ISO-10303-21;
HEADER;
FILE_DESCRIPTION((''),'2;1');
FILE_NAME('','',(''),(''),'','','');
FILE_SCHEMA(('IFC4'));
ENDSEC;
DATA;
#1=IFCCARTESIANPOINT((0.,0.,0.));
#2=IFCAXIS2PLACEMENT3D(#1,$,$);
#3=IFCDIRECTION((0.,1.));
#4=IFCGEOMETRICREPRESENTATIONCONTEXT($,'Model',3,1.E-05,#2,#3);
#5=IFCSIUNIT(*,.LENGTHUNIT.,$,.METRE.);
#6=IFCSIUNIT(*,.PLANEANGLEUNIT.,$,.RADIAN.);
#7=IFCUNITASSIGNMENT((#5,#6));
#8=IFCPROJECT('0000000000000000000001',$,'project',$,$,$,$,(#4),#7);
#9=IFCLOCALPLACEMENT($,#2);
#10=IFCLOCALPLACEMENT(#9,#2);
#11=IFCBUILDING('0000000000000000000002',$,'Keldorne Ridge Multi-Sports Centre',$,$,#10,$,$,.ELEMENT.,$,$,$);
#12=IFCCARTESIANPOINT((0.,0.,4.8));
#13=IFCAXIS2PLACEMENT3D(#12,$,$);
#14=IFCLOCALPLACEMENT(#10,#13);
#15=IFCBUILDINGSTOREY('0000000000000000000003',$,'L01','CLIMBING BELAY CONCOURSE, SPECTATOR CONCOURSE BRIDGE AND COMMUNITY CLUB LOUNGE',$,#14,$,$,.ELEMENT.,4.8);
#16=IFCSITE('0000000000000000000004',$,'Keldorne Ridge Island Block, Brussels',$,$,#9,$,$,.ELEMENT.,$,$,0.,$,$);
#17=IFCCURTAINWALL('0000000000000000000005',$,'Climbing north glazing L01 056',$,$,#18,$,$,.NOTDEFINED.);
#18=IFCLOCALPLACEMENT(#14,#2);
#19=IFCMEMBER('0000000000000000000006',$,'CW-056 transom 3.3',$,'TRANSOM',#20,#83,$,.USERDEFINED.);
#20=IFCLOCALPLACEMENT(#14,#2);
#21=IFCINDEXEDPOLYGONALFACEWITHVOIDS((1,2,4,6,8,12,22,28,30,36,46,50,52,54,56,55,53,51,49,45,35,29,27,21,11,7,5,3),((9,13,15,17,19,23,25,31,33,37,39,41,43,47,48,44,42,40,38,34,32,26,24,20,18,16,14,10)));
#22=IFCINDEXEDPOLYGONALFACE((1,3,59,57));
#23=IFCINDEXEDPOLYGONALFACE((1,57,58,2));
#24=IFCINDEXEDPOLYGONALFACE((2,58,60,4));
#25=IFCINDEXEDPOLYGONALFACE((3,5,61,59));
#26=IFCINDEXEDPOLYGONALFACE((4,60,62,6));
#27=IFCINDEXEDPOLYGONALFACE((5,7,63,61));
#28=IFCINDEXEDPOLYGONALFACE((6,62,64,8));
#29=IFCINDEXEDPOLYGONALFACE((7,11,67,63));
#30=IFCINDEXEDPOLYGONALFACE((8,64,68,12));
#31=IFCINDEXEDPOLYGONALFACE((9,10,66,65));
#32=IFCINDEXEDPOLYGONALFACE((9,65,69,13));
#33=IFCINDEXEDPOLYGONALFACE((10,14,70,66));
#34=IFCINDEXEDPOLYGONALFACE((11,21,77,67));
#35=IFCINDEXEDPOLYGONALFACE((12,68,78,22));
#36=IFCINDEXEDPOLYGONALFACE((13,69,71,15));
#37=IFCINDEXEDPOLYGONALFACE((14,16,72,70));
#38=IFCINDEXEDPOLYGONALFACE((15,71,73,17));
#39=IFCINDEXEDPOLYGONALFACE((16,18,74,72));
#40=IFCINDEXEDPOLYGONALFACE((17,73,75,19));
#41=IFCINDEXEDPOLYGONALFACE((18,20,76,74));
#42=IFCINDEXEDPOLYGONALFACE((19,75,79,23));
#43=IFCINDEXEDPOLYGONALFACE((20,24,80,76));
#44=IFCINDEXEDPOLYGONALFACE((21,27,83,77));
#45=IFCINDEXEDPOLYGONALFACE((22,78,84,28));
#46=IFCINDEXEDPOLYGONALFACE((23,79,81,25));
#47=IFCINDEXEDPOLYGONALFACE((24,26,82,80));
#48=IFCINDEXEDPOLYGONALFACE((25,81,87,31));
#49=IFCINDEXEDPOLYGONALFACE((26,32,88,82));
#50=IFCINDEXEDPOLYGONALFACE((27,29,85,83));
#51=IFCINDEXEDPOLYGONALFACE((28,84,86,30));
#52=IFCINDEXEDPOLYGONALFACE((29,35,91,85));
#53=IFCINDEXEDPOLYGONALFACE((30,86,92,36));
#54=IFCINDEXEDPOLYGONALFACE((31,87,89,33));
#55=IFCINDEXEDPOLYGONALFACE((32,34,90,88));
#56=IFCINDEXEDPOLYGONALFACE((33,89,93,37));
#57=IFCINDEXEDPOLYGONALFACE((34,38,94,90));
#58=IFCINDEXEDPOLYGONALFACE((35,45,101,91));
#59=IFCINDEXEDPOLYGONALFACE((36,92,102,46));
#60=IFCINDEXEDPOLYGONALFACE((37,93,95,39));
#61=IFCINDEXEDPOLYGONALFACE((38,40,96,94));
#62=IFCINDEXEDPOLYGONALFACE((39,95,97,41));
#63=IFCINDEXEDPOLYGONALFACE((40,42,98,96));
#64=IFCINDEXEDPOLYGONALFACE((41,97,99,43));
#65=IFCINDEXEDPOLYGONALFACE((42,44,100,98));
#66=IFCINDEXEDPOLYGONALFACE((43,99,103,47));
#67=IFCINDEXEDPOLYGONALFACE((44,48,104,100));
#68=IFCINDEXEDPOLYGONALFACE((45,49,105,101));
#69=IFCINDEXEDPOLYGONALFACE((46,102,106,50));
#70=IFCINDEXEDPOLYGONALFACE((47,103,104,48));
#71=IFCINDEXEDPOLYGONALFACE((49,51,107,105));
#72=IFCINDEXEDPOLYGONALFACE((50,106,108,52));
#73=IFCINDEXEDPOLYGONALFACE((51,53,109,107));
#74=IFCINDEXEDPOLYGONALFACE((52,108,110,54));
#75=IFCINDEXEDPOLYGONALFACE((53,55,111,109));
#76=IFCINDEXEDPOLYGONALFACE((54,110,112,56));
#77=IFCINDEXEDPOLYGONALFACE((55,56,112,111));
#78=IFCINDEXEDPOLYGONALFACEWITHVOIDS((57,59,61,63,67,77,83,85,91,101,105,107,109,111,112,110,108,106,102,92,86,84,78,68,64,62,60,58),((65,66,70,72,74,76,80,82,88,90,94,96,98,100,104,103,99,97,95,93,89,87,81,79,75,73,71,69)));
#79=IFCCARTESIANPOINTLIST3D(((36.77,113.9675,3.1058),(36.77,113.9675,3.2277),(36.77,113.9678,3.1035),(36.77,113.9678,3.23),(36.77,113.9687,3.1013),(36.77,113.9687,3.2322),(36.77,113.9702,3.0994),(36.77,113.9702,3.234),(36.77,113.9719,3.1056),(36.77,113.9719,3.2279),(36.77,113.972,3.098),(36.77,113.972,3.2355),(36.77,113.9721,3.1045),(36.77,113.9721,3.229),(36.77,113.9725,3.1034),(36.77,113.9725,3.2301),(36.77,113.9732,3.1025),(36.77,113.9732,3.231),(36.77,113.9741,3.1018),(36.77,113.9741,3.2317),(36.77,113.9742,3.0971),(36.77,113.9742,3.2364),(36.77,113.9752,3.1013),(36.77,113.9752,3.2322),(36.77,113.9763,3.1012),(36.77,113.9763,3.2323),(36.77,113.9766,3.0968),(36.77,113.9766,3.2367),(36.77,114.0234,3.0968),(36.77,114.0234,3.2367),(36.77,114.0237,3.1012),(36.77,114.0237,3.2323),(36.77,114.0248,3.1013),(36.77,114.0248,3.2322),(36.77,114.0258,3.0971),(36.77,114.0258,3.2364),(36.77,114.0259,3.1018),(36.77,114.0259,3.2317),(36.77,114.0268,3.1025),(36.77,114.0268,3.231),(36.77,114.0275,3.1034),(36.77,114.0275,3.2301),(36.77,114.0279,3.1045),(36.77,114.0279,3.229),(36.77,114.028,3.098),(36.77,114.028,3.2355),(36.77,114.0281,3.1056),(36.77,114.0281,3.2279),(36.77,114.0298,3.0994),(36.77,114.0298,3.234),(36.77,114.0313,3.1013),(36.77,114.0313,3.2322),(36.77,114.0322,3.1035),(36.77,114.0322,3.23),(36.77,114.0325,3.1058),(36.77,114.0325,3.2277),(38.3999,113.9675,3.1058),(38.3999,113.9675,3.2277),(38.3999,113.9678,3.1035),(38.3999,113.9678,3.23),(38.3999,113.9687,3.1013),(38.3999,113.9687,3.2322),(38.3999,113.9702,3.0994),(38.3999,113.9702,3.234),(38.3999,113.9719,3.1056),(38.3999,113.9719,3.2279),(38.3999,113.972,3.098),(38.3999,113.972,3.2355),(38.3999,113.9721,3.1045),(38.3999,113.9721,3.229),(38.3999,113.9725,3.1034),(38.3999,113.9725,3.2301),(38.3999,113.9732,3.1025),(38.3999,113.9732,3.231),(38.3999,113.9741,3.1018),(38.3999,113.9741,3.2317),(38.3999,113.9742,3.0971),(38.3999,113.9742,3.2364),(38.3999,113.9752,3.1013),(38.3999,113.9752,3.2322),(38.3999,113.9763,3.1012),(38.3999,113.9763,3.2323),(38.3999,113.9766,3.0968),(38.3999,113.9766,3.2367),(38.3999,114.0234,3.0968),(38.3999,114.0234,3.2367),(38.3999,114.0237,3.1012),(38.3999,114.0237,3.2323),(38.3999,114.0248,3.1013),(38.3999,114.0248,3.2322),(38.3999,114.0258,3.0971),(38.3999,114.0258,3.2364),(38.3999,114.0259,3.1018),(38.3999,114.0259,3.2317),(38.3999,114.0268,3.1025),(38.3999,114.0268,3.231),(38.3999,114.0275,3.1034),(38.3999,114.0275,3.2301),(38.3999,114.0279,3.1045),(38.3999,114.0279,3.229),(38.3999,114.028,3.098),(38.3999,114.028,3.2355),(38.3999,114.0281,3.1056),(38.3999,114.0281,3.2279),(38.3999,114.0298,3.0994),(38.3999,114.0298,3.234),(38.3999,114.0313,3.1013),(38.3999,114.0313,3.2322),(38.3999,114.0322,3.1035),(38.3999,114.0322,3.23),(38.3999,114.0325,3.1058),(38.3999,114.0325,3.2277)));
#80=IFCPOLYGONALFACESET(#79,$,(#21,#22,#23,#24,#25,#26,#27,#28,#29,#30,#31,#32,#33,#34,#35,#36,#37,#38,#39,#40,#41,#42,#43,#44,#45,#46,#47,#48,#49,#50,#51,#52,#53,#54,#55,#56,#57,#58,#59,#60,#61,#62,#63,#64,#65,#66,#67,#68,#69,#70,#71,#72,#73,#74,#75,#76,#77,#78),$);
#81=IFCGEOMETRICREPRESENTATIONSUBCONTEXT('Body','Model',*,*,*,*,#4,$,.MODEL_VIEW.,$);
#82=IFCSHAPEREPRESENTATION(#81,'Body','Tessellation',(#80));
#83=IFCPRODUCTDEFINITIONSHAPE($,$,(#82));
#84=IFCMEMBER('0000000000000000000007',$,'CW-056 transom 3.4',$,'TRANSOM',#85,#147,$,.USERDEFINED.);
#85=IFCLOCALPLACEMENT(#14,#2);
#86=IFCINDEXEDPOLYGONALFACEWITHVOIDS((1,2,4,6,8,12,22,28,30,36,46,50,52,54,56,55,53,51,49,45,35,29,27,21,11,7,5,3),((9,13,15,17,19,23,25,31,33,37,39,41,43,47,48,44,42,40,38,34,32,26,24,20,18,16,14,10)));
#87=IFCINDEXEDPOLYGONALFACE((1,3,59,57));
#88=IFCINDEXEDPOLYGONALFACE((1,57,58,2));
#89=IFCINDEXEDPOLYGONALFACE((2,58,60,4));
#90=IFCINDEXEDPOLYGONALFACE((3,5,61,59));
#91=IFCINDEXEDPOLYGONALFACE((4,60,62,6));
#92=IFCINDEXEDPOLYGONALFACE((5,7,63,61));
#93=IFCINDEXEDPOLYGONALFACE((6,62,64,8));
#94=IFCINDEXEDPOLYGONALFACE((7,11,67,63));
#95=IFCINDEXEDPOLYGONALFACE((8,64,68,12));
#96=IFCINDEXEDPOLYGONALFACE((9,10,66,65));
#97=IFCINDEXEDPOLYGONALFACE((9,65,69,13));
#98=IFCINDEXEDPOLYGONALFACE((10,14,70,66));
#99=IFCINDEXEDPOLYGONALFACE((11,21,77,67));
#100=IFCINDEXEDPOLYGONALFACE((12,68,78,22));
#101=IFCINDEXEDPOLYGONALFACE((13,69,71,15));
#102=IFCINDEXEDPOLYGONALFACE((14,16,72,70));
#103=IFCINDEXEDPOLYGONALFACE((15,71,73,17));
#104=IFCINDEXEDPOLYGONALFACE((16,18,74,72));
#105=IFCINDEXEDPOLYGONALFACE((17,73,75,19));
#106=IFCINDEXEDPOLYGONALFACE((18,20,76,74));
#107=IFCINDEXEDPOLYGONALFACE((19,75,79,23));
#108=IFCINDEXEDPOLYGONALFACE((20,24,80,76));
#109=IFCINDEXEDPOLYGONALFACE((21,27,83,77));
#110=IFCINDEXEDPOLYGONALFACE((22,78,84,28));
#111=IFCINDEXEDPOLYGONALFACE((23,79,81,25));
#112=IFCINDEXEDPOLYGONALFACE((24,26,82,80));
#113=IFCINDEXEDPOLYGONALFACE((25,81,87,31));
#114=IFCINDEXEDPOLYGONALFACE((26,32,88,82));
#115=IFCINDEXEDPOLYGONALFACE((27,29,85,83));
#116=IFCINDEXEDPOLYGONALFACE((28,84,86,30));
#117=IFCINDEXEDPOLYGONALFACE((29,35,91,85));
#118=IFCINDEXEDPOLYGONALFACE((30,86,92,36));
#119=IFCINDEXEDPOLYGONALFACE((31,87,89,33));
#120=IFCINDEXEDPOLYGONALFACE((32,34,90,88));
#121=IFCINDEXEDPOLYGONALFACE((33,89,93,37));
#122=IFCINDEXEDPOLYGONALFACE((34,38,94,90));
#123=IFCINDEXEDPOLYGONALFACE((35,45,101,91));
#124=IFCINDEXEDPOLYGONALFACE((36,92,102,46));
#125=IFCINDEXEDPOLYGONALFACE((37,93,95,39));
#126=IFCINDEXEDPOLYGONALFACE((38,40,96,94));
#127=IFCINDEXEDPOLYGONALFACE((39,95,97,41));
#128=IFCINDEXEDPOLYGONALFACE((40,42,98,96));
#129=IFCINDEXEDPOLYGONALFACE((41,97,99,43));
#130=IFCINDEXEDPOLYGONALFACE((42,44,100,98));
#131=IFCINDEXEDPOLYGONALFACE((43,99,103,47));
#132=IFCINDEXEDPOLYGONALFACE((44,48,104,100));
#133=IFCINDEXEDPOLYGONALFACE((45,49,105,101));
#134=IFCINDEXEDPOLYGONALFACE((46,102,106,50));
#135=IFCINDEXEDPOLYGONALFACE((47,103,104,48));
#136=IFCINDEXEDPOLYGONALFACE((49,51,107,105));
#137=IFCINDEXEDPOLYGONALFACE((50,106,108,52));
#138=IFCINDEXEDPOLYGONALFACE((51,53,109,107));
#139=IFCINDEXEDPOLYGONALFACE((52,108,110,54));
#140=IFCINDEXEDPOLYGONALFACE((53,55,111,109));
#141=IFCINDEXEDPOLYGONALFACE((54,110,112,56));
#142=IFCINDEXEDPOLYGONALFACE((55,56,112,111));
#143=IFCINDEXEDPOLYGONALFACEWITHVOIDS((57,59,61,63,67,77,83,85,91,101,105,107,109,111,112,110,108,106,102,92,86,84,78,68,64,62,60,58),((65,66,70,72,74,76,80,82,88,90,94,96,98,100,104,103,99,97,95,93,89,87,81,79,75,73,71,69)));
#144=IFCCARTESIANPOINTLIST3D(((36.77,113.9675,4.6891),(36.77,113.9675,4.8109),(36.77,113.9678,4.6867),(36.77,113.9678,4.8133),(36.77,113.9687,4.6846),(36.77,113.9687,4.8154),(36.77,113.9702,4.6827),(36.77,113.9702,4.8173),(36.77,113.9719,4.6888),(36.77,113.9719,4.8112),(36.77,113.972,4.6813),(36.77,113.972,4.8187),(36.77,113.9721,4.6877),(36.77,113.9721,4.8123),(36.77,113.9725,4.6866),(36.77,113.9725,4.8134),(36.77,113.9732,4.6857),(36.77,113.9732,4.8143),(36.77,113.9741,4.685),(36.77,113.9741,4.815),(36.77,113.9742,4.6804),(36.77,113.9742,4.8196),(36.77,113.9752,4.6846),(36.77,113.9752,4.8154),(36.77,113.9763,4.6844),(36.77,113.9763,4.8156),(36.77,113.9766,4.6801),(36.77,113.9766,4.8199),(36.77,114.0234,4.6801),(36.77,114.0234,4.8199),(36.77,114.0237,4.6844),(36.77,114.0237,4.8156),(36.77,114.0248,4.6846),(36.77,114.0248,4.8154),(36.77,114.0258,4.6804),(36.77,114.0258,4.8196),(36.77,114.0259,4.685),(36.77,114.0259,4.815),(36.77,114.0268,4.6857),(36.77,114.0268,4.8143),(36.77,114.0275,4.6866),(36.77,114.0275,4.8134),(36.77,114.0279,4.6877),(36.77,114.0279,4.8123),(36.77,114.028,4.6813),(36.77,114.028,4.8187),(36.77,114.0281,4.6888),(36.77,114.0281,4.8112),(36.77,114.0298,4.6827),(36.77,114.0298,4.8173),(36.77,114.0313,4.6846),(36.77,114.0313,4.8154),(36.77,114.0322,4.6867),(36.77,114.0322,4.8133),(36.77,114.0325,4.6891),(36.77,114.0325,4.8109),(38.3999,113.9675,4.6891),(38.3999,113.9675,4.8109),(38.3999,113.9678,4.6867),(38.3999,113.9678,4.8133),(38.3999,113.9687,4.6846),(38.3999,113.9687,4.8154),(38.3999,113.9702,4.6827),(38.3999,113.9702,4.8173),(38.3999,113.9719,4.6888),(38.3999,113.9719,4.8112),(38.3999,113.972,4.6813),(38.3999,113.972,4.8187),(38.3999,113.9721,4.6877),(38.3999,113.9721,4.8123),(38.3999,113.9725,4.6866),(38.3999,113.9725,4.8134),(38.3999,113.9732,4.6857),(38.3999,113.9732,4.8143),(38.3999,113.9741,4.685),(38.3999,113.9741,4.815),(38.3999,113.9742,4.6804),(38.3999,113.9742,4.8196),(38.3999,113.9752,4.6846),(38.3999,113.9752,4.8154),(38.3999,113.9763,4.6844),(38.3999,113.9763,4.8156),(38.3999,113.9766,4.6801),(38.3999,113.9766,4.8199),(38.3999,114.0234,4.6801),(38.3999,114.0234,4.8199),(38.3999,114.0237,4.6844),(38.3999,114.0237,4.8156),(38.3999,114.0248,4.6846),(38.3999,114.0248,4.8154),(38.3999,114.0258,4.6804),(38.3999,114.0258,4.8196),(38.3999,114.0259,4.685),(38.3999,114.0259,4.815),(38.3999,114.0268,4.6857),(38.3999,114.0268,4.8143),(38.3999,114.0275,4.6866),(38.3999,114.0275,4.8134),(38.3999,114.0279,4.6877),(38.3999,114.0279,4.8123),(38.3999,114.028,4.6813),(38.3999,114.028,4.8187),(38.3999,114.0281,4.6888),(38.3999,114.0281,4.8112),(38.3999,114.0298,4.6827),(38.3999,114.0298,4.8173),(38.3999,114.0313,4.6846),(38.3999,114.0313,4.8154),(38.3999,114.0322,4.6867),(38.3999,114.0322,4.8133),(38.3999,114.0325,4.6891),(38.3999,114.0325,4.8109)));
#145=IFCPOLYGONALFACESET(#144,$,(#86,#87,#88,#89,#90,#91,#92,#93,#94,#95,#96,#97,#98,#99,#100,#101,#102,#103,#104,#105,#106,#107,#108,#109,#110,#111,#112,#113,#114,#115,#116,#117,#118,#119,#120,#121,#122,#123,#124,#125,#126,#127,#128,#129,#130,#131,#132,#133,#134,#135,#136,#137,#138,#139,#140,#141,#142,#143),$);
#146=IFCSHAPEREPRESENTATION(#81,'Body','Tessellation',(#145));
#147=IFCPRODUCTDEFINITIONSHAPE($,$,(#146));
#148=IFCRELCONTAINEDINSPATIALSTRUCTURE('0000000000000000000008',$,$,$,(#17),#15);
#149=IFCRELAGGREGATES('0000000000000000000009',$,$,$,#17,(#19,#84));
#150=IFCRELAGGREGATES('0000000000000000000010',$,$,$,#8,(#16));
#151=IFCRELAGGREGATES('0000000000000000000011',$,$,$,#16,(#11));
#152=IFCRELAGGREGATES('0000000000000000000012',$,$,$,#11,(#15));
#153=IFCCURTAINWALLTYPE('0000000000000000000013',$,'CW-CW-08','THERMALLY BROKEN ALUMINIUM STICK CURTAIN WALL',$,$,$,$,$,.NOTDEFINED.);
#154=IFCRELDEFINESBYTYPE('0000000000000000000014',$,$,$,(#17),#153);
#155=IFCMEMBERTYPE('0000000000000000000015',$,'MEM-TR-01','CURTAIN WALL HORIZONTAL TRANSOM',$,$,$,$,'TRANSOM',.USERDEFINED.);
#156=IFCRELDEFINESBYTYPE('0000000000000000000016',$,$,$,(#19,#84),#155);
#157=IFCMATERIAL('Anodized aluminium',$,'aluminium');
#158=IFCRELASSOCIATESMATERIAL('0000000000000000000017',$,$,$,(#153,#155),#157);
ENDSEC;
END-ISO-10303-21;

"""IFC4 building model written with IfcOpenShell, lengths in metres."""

from ifc_helpers import new_model, si_unit, direction, frame, origin, origin_2d, place, context, subcontext, project, spatial, hollow_rectangle, extrude, material, material_profile, profile_set, type_object, element, aggregate, save


model = new_model("IFC4")

# Units and contexts
model_context = context("Model", 3, precision=1e-05, world=origin(), true_north=direction((0.0, 1.0)))
body_context = subcontext(model_context, "Body", "Model", "MODEL_VIEW")
ifc_project = project(units=[si_unit("LENGTHUNIT", "METRE"), si_unit("PLANEANGLEUNIT", "RADIAN")], contexts=[model_context])

# Site, building, storey
site_placement = place(None, origin())
site = spatial("IfcSite", under=ifc_project, at=site_placement, Name="Keldorne Ridge Island Block, Brussels", CompositionType="ELEMENT", RefElevation=0.0)
building_placement = place(site_placement, origin())
building = spatial("IfcBuilding", under=site, at=building_placement, Name="Keldorne Ridge Multi-Sports Centre", CompositionType="ELEMENT")
storey_placement = place(building_placement, frame((0.0, 0.0, 4.8)))
storey = spatial("IfcBuildingStorey", under=building, at=storey_placement, Name="L01", Description="CLIMBING BELAY CONCOURSE, SPECTATOR CONCOURSE BRIDGE AND COMMUNITY CLUB LOUNGE", CompositionType="ELEMENT", Elevation=4.8)

# Curtain wall, members
ifc_material_1 = material(Name="Anodized aluminium", Category="aluminium")
curtain_wall_type = type_object("IfcCurtainWallType", Name="CW-CW-08", Description="THERMALLY BROKEN ALUMINIUM STICK CURTAIN WALL", PredefinedType="NOTDEFINED", material=ifc_material_1)
curtain_wall_placement = place(storey_placement, origin())
curtain_wall = element("IfcCurtainWall", 1, at=curtain_wall_placement, inside=storey, type_object=curtain_wall_type, Name="Climbing north glazing L01 056", PredefinedType="NOTDEFINED")
ifc_material_profile_1 = material_profile(ifc_material_1, hollow_rectangle(XDim=0.0649, YDim=0.1399, WallThickness=0.0044, InnerFilletRadius=0.0044, OuterFilletRadius=0.009, at=origin_2d()), Name="ALU TRANSOM 140x65x4.5")
ifc_profile_set_1 = profile_set([ifc_material_profile_1], Name="Anodized aluminium")
member_type_1 = type_object("IfcMemberType", Name="MEM-TR-01", Description="CURTAIN WALL HORIZONTAL TRANSOM", ElementType="TRANSOM", PredefinedType="USERDEFINED", material=ifc_profile_set_1)
member_1_placement = place(storey_placement, frame((38.3999, 114.0, 3.1667), z_axis=(-1.0, 0.0, 0.0), x_axis=(0.0, -1.0, 0.0)))
member_1 = element("IfcMember", 2, at=member_1_placement, type_object=member_type_1, Name="CW-056 transom 3.3", ObjectType="TRANSOM", PredefinedType="USERDEFINED", context=body_context, shape_type="SweptSolid", body=[
    extrude(hollow_rectangle(XDim=0.0649, YDim=0.1399, WallThickness=0.0044, InnerFilletRadius=0.0044, OuterFilletRadius=0.009, at=origin_2d()), origin(), (0.0, 0.0, 1.0), 1.6299),
])
member_2_placement = place(storey_placement, frame((38.3999, 114.0, 4.75), z_axis=(-1.0, 0.0, 0.0), x_axis=(0.0, -1.0, 0.0)))
member_2 = element("IfcMember", 3, at=member_2_placement, type_object=member_type_1, Name="CW-056 transom 3.4", ObjectType="TRANSOM", PredefinedType="USERDEFINED", context=body_context, shape_type="SweptSolid", body=[
    extrude(hollow_rectangle(XDim=0.0649, YDim=0.1399, WallThickness=0.0044, InnerFilletRadius=0.0044, OuterFilletRadius=0.009, at=origin_2d()), origin(), (0.0, 0.0, 1.0), 1.6299),
])
aggregate(curtain_wall, [member_1, member_2])

save(model, "model.ifc")
